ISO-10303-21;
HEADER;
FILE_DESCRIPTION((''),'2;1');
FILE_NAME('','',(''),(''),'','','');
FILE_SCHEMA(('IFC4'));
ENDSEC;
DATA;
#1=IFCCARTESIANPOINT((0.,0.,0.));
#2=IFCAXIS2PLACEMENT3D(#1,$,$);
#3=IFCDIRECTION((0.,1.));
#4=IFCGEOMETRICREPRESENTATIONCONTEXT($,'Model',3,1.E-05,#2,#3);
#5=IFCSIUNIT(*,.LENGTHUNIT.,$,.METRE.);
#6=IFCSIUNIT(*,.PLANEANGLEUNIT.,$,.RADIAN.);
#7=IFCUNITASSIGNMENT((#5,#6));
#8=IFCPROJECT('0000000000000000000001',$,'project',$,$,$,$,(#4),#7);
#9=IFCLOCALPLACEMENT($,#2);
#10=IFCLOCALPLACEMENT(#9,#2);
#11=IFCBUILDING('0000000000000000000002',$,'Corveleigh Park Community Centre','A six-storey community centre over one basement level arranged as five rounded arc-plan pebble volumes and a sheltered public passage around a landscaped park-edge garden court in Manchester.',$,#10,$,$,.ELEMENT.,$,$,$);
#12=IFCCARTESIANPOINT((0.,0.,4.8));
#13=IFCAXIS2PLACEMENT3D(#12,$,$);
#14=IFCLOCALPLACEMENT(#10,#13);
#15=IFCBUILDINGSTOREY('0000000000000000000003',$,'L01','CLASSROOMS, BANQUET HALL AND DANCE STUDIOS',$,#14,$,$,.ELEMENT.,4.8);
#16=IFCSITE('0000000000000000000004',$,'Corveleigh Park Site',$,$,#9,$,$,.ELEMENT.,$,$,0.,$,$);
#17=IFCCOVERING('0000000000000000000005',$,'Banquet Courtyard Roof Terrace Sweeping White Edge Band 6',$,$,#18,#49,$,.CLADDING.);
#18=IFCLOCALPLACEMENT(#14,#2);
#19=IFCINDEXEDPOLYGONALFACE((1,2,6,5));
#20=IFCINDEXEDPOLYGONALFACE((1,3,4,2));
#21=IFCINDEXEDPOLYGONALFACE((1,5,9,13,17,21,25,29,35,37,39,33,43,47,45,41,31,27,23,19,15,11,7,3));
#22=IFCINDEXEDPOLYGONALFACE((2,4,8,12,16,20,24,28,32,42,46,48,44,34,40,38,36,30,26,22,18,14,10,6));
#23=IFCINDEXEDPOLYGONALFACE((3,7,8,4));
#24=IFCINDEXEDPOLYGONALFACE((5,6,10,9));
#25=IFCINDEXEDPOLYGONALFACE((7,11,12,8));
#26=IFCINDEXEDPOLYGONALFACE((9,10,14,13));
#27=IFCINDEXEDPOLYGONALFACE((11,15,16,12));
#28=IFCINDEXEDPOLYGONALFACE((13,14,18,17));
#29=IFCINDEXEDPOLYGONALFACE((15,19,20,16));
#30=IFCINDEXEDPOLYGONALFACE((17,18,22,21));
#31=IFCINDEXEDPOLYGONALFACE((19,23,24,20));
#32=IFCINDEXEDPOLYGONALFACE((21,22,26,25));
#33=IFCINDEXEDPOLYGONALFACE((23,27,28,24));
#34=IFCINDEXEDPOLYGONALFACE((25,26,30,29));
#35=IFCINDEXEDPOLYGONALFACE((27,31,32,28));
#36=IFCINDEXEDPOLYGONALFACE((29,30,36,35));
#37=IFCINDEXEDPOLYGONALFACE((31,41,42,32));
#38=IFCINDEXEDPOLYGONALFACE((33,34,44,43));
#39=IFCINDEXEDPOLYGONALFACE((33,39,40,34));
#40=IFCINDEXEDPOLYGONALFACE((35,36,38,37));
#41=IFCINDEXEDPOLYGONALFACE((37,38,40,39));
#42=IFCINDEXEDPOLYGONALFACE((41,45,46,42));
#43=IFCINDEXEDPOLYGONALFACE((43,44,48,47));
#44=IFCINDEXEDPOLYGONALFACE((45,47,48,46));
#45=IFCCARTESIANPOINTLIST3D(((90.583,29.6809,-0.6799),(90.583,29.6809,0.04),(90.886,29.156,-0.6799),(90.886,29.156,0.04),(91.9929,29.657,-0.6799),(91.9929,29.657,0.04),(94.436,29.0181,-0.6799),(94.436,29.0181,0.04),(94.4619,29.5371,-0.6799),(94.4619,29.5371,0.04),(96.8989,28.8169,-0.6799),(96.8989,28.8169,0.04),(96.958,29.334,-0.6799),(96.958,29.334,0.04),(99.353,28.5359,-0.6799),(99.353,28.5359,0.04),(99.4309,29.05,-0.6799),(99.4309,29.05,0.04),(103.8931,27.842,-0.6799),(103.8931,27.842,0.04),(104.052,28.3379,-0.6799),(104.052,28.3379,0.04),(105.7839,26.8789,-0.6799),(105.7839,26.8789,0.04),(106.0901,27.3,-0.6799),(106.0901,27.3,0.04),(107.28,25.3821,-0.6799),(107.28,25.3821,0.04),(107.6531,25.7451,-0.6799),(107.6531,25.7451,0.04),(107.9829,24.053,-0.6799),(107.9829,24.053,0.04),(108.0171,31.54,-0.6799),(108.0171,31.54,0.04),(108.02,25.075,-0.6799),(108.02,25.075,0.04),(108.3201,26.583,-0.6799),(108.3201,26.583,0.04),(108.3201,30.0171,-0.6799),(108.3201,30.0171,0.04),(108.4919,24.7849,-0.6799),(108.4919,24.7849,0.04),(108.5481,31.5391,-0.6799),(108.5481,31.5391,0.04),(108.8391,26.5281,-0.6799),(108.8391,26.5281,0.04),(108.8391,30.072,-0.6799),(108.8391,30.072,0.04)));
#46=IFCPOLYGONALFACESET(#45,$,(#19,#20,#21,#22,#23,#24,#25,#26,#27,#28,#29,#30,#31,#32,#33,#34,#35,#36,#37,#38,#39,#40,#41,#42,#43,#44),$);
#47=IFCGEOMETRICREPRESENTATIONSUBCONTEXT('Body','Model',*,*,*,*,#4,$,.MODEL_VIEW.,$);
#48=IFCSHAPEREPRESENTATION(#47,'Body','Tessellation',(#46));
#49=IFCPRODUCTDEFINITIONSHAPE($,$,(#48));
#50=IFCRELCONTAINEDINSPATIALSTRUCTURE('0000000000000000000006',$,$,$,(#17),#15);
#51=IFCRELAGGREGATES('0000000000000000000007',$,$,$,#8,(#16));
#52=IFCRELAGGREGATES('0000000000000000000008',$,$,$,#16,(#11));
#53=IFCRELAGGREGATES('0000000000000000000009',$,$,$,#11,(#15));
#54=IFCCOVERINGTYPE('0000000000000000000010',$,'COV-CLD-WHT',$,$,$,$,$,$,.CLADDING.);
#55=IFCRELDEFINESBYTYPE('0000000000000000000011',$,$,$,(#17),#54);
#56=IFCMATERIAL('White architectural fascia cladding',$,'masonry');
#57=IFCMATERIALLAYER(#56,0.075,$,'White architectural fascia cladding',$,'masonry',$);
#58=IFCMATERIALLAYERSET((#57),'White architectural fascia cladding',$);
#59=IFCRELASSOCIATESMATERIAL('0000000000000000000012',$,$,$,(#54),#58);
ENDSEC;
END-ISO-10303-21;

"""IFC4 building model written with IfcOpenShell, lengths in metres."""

from ifc_helpers import new_model, si_unit, direction, frame, origin, place, context, subcontext, project, spatial, polyline, outline, extrude, material, layer, layer_set, type_object, element, save


model = new_model("IFC4")

# Units and contexts
model_context = context("Model", 3, precision=1e-05, world=origin(), true_north=direction((0.0, 1.0)))
body_context = subcontext(model_context, "Body", "Model", "MODEL_VIEW")
ifc_project = project(units=[si_unit("LENGTHUNIT", "METRE"), si_unit("PLANEANGLEUNIT", "RADIAN")], contexts=[model_context])

# Site, building, storey
site_placement = place(None, origin())
site = spatial("IfcSite", under=ifc_project, at=site_placement, Name="Corveleigh Park Site", CompositionType="ELEMENT", RefElevation=0.0)
building_placement = place(site_placement, origin())
building = spatial("IfcBuilding", under=site, at=building_placement, Name="Corveleigh Park Community Centre", Description="A six-storey community centre over one basement level arranged as five rounded arc-plan pebble volumes and a sheltered public passage around a landscaped park-edge garden court in Manchester.", CompositionType="ELEMENT")
storey_placement = place(building_placement, frame((0.0, 0.0, 4.8)))
storey = spatial("IfcBuildingStorey", under=building, at=storey_placement, Name="L01", Description="CLASSROOMS, BANQUET HALL AND DANCE STUDIOS", CompositionType="ELEMENT", Elevation=4.8)

# Covering
ifc_material_1 = material(Name="White architectural fascia cladding", Category="masonry")
ifc_layer_1 = layer(ifc_material_1, 0.075, Name="White architectural fascia cladding", Category="masonry")
ifc_layer_set_1 = layer_set([ifc_layer_1], Name="White architectural fascia cladding")
covering_type = type_object("IfcCoveringType", Name="COV-CLD-WHT", PredefinedType="CLADDING", material=ifc_layer_set_1)
covering_1_placement = place(storey_placement, frame((0.0, 0.0, -0.6799)))
element("IfcCovering", 1, at=covering_1_placement, inside=storey, type_object=covering_type, Name="Banquet Courtyard Roof Terrace Sweeping White Edge Band 6", PredefinedType="CLADDING", context=body_context, shape_type="SweptSolid", body=[
    extrude(outline(polyline([(108.8391, 30.072), (108.8391, 26.5281), (108.4919, 24.7849), (107.9829, 24.053), (107.28, 25.3821), (105.7839, 26.8789), (103.8931, 27.842), (99.353, 28.5359), (96.8989, 28.8169), (94.436, 29.0181), (90.886, 29.156), (90.583, 29.6809), (91.9929, 29.657), (94.4619, 29.5371), (96.958, 29.334), (99.4309, 29.05), (104.052, 28.3379), (106.0901, 27.3), (107.6531, 25.7451), (108.02, 25.075), (108.3201, 26.583), (108.3201, 30.0171), (108.0171, 31.54), (108.5481, 31.5391), (108.8391, 30.072)])), origin(), (0.0, 0.0, 1.0), 0.72),
])

save(model, "model.ifc")
